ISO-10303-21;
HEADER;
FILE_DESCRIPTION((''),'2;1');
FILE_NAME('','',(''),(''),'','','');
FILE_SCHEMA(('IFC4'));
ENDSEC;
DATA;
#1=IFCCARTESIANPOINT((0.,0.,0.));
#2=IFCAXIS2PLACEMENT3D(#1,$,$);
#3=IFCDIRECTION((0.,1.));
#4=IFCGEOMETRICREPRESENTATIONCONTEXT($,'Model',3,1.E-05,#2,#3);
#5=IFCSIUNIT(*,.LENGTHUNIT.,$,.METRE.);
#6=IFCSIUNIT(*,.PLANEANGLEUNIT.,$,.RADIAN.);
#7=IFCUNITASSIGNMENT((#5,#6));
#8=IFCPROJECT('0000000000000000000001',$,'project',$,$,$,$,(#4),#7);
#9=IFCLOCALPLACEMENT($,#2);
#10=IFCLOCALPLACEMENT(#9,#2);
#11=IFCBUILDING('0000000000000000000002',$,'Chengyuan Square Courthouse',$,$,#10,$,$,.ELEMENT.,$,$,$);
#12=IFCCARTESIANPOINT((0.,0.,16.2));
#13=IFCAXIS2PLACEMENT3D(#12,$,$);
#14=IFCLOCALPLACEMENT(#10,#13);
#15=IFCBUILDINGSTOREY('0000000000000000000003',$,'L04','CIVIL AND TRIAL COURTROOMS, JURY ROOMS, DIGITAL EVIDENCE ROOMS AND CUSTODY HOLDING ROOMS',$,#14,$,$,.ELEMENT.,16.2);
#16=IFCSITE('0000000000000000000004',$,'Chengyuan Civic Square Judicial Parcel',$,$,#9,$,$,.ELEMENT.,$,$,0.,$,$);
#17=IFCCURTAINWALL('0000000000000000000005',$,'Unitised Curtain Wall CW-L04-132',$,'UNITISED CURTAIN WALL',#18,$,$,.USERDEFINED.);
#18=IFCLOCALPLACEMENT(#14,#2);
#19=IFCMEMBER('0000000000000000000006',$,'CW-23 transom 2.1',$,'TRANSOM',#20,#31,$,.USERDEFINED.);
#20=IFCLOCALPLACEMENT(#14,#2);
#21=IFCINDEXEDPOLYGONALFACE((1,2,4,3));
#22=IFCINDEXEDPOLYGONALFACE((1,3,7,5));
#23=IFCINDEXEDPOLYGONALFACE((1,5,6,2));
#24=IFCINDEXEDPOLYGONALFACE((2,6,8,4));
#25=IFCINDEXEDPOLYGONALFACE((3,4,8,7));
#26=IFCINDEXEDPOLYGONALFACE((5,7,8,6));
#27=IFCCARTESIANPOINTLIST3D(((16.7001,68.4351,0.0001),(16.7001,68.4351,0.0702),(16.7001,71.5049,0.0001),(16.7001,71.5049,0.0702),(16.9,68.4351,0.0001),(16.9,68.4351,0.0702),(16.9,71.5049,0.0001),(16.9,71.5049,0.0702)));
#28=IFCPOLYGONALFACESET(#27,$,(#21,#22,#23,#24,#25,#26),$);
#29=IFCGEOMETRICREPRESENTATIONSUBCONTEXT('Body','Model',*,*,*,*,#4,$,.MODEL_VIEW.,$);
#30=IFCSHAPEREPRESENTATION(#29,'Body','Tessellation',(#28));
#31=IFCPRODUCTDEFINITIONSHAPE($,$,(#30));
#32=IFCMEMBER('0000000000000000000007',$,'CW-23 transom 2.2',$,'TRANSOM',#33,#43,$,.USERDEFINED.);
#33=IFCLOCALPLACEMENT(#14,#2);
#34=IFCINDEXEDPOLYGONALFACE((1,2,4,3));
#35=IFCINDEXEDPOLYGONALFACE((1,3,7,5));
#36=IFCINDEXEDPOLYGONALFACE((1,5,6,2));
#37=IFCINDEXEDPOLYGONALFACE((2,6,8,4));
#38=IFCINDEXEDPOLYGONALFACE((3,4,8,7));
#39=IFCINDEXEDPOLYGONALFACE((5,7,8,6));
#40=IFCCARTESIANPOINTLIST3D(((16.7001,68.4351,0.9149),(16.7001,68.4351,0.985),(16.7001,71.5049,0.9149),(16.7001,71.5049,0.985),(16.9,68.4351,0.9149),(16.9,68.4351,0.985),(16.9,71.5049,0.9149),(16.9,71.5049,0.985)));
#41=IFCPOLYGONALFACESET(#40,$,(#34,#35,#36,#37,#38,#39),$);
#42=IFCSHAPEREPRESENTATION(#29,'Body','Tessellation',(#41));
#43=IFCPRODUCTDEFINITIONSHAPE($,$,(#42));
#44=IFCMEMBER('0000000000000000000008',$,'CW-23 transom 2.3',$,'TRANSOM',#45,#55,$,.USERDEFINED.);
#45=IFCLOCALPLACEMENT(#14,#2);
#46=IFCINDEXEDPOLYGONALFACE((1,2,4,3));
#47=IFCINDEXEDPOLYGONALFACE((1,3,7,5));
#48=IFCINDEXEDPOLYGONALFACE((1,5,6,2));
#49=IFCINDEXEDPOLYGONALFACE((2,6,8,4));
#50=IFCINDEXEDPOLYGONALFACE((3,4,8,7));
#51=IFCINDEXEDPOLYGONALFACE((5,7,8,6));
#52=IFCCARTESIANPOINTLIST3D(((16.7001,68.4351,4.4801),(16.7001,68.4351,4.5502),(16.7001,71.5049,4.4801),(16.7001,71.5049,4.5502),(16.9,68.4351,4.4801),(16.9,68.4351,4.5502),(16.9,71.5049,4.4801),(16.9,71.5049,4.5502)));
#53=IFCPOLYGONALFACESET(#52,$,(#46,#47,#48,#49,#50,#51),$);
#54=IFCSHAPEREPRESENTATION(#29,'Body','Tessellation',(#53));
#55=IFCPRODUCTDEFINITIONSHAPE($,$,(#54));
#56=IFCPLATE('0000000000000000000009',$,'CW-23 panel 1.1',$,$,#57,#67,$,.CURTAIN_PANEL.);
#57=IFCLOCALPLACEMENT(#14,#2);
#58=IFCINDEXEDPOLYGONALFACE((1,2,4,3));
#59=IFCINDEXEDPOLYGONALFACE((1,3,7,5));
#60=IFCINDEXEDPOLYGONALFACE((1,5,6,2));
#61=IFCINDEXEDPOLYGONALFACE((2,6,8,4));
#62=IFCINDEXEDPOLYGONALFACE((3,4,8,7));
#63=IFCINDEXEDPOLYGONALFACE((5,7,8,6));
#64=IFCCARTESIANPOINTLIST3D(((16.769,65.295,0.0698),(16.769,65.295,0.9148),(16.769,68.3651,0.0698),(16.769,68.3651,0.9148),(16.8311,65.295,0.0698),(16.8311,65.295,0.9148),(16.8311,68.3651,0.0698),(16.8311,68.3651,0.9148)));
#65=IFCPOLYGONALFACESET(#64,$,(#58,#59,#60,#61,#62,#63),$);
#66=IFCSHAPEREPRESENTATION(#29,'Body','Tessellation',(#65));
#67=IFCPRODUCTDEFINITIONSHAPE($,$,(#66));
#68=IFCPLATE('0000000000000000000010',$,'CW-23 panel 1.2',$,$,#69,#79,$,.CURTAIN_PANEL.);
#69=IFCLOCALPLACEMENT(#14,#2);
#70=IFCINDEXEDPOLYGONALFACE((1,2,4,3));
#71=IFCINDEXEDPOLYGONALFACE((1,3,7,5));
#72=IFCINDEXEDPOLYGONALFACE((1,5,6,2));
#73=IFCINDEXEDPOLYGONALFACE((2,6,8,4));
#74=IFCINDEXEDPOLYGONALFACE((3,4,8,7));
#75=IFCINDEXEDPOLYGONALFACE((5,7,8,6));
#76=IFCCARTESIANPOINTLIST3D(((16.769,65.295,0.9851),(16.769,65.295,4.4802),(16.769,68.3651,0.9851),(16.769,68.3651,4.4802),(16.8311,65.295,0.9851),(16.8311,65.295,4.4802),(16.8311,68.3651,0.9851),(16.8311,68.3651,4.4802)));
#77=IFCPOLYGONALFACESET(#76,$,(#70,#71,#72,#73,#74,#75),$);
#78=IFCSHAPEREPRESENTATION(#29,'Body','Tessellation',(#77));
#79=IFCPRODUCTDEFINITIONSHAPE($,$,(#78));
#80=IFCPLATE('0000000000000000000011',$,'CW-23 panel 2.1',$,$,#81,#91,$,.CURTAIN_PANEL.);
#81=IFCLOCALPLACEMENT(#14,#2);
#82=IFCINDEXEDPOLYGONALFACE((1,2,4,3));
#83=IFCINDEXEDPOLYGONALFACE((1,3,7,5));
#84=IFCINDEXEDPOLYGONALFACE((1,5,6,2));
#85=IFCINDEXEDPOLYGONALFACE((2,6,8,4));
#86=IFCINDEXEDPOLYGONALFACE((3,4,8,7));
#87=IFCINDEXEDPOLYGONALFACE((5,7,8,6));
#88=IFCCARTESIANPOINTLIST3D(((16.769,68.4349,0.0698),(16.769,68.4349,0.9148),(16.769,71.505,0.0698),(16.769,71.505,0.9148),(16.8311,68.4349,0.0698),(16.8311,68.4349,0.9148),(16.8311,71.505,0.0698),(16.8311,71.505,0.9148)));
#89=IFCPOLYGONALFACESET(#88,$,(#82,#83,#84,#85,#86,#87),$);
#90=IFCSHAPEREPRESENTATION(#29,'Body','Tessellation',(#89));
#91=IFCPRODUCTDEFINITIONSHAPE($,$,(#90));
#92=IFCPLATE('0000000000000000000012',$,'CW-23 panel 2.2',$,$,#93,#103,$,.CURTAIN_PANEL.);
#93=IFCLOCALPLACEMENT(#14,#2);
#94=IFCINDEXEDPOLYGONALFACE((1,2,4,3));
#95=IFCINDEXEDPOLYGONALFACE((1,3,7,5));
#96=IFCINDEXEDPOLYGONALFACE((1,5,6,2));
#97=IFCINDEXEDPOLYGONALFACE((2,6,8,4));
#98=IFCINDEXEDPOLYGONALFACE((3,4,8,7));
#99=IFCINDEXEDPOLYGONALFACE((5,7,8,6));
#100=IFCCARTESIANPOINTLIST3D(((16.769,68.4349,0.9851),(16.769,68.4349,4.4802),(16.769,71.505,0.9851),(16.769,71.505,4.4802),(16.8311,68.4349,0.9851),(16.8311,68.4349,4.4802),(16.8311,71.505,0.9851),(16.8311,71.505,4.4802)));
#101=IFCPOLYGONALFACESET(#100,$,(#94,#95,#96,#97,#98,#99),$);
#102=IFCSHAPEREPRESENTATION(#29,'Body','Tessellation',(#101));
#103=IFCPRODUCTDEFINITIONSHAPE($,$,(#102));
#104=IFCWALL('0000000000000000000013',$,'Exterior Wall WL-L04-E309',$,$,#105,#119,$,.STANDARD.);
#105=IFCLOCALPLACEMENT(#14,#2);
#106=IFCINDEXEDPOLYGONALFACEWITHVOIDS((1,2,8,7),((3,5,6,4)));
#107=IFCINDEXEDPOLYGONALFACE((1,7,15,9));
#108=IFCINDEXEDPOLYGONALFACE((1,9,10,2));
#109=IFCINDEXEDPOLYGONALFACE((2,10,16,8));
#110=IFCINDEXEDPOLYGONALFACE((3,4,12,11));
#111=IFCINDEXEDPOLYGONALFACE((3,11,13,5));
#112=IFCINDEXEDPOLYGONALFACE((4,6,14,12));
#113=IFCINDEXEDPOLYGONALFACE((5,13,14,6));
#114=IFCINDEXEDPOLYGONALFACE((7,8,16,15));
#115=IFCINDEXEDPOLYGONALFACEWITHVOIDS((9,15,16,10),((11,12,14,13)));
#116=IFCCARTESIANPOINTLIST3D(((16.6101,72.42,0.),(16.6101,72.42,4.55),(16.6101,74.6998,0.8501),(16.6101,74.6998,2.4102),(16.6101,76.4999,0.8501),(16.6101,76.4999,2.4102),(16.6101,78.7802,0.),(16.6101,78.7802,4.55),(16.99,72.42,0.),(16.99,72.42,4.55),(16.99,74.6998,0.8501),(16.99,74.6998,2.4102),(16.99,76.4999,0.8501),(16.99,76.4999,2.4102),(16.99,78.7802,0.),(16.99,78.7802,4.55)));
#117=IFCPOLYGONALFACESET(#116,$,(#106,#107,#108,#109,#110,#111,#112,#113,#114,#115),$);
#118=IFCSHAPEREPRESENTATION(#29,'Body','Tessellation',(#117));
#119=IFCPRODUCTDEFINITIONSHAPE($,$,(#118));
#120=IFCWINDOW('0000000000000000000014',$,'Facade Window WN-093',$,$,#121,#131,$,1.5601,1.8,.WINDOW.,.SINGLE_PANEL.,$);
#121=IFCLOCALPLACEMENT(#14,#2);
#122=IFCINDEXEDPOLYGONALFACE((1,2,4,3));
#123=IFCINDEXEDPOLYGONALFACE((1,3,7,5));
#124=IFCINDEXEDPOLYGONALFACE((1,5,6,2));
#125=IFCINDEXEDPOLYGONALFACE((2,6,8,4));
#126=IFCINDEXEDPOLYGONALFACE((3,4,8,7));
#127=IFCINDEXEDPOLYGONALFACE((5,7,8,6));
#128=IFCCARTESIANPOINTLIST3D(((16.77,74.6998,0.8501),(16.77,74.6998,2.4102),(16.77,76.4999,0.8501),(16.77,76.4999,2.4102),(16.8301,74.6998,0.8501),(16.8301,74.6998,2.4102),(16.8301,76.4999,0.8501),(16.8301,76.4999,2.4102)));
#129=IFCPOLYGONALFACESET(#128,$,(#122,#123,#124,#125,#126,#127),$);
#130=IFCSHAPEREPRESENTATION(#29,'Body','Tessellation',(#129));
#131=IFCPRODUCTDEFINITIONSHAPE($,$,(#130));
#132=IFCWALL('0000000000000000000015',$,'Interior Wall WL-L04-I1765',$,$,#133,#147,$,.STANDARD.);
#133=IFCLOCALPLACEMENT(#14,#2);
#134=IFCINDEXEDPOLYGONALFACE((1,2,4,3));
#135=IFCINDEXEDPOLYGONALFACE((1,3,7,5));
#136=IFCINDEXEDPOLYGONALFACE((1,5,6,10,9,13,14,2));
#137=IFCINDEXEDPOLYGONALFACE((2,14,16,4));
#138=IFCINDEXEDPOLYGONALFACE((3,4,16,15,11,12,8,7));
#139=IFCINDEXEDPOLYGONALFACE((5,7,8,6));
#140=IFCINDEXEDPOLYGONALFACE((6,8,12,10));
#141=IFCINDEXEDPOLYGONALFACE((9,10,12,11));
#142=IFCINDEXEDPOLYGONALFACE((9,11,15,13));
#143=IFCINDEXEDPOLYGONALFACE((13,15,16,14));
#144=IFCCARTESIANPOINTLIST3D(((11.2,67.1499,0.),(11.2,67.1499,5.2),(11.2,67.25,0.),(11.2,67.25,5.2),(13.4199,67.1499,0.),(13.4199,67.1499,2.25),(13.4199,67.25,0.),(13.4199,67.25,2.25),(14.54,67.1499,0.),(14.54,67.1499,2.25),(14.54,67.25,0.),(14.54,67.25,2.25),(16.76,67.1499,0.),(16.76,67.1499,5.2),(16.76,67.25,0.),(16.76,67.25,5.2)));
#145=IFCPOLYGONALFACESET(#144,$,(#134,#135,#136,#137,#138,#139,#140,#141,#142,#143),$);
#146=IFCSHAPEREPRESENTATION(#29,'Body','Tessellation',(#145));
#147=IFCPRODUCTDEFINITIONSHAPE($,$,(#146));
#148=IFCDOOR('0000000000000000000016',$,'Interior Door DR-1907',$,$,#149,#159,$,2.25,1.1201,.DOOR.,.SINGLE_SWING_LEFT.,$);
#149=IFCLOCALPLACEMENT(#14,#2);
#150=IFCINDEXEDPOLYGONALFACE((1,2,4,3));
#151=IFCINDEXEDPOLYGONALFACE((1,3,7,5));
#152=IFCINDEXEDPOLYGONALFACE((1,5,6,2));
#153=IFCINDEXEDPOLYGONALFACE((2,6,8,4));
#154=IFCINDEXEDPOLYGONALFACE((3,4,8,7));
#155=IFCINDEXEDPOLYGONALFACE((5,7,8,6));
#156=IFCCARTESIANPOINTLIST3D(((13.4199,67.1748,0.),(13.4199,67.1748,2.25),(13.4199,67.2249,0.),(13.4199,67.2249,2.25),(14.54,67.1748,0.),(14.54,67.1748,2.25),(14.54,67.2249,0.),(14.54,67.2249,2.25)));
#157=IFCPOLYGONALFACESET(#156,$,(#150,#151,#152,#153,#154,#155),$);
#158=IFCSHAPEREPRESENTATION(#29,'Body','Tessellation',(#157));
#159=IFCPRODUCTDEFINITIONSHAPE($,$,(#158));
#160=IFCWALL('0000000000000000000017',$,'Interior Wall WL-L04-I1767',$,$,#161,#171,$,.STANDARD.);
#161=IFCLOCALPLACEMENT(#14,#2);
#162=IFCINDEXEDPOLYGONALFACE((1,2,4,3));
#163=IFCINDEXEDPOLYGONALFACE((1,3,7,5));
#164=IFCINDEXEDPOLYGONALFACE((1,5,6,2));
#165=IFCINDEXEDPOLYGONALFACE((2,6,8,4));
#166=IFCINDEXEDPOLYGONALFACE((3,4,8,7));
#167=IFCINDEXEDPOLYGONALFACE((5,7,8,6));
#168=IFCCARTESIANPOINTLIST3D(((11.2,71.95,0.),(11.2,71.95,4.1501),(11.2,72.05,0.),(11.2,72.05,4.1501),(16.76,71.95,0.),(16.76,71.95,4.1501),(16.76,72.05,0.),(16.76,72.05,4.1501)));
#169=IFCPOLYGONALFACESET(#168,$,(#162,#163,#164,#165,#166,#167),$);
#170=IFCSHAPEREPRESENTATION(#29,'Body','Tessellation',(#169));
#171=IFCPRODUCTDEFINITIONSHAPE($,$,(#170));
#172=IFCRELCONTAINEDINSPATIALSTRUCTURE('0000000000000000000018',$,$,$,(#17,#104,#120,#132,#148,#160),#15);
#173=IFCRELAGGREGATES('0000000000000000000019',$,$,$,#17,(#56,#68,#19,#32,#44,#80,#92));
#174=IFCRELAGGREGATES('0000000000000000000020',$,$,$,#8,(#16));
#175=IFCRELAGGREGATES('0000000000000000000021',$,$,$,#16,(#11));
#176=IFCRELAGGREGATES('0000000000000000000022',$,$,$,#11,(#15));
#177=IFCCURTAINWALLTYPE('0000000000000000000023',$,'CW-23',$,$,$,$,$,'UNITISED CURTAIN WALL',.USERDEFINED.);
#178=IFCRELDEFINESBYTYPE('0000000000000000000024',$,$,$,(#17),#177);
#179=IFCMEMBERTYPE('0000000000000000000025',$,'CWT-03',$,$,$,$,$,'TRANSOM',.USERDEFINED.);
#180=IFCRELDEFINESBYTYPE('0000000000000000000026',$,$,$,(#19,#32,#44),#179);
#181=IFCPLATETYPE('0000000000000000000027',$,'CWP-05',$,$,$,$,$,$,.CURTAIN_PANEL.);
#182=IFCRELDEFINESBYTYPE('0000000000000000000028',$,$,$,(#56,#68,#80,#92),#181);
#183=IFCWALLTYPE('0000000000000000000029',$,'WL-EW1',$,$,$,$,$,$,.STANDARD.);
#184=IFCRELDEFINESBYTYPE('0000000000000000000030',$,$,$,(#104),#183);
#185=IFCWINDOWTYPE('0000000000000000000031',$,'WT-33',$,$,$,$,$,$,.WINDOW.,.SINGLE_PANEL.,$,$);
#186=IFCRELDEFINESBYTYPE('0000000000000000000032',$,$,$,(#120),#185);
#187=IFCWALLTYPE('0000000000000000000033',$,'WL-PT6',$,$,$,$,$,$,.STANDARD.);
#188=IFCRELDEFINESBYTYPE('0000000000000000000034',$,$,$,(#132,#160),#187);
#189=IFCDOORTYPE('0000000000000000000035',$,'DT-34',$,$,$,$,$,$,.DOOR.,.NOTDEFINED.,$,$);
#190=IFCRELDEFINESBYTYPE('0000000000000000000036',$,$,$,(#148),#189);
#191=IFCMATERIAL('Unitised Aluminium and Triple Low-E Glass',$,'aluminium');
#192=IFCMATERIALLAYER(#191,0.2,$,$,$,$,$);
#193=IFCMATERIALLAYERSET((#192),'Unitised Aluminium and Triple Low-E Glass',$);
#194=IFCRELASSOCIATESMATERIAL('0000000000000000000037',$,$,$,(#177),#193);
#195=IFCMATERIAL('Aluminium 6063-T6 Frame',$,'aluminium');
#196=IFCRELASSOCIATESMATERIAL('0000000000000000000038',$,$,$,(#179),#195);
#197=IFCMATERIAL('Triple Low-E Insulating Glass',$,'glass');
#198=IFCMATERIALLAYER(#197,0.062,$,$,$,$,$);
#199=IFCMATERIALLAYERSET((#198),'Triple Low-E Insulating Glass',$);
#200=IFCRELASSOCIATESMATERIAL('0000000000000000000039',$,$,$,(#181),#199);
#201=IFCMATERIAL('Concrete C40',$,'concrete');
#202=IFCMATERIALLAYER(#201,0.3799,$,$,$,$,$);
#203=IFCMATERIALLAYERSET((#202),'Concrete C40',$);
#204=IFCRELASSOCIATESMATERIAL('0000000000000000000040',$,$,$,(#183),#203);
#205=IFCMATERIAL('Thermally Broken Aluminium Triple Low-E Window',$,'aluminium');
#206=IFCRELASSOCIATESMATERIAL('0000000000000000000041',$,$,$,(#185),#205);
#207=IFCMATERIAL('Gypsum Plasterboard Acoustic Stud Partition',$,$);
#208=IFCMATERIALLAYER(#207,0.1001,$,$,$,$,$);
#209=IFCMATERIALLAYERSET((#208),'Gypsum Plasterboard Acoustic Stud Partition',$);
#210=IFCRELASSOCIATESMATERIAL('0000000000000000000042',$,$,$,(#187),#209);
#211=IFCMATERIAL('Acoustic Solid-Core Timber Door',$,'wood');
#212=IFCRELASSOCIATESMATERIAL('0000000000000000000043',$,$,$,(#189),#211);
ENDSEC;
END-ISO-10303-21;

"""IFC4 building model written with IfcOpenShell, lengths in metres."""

from ifc_helpers import new_model, si_unit, direction, frame, frame_2d, origin, origin_2d, place, context, subcontext, project, spatial, rectangle, extrude, material, layer, layer_set, material_profile, profile_set, type_object, element, fill, aggregate, save


model = new_model("IFC4")

# Units and contexts
model_context = context("Model", 3, precision=1e-05, world=origin(), true_north=direction((0.0, 1.0)))
body_context = subcontext(model_context, "Body", "Model", "MODEL_VIEW")
ifc_project = project(units=[si_unit("LENGTHUNIT", "METRE"), si_unit("PLANEANGLEUNIT", "RADIAN")], contexts=[model_context])

# Site, building, storey
site_placement = place(None, origin())
site = spatial("IfcSite", under=ifc_project, at=site_placement, Name="Chengyuan Civic Square Judicial Parcel", CompositionType="ELEMENT", RefElevation=0.0)
building_placement = place(site_placement, origin())
building = spatial("IfcBuilding", under=site, at=building_placement, Name="Chengyuan Square Courthouse", CompositionType="ELEMENT")
storey_placement = place(building_placement, frame((0.0, 0.0, 16.2)))
storey = spatial("IfcBuildingStorey", under=building, at=storey_placement, Name="L04", Description="CIVIL AND TRIAL COURTROOMS, JURY ROOMS, DIGITAL EVIDENCE ROOMS AND CUSTODY HOLDING ROOMS", CompositionType="ELEMENT", Elevation=16.2)

# Shared definitions
ifc_material_1 = material(Name="Concrete C40", Category="concrete")

# Shared definitions
ifc_material_2 = material(Name="Unitised Aluminium and Triple Low-E Glass", Category="aluminium")
ifc_material_3 = material(Name="Aluminium 6063-T6 Frame", Category="aluminium")

# Curtain wall
ifc_layer_1 = layer(ifc_material_2, 0.2)
ifc_layer_set_1 = layer_set([ifc_layer_1], Name="Unitised Aluminium and Triple Low-E Glass")
curtain_wall_type_1 = type_object("IfcCurtainWallType", Name="CW-23", ElementType="UNITISED CURTAIN WALL", PredefinedType="USERDEFINED", material=ifc_layer_set_1)
curtain_wall_1_placement = place(storey_placement, origin())
curtain_wall_1 = element("IfcCurtainWall", 1, at=curtain_wall_1_placement, inside=storey, type_object=curtain_wall_type_1, Name="Unitised Curtain Wall CW-L04-132", ObjectType="UNITISED CURTAIN WALL", PredefinedType="USERDEFINED")

# Members
ifc_material_profile_1 = material_profile(ifc_material_3, rectangle(XDim=0.2, YDim=0.0701, at=origin_2d()), Name="CW-TRN-70x160")
ifc_profile_set_1 = profile_set([ifc_material_profile_1], Name="Aluminium 6063-T6 Frame")
member_type_1 = type_object("IfcMemberType", Name="CWT-03", ElementType="TRANSOM", PredefinedType="USERDEFINED", material=ifc_profile_set_1)
member_1_placement = place(storey_placement, frame((16.8, 68.4351, 0.0352), z_axis=(0.0, 1.0, 0.0), x_axis=(-1.0, 0.0, 0.0)))
member_1 = element("IfcMember", 2, at=member_1_placement, type_object=member_type_1, Name="CW-23 transom 2.1", ObjectType="TRANSOM", PredefinedType="USERDEFINED", context=body_context, shape_type="SweptSolid", body=[
    extrude(rectangle(XDim=0.2, YDim=0.0701, at=origin_2d()), origin(), (0.0, 0.0, 1.0), 3.0698),
])
member_2_placement = place(storey_placement, frame((16.8, 68.4351, 0.95), z_axis=(0.0, 1.0, 0.0), x_axis=(-1.0, 0.0, 0.0)))
member_2 = element("IfcMember", 3, at=member_2_placement, type_object=member_type_1, Name="CW-23 transom 2.2", ObjectType="TRANSOM", PredefinedType="USERDEFINED", context=body_context, shape_type="SweptSolid", body=[
    extrude(rectangle(XDim=0.2, YDim=0.0701, at=origin_2d()), origin(), (0.0, 0.0, 1.0), 3.0698),
])
member_3_placement = place(storey_placement, frame((16.8, 68.4351, 4.5151), z_axis=(0.0, 1.0, 0.0), x_axis=(-1.0, 0.0, 0.0)))
member_3 = element("IfcMember", 4, at=member_3_placement, type_object=member_type_1, Name="CW-23 transom 2.3", ObjectType="TRANSOM", PredefinedType="USERDEFINED", context=body_context, shape_type="SweptSolid", body=[
    extrude(rectangle(XDim=0.2, YDim=0.0701, at=origin_2d()), origin(), (0.0, 0.0, 1.0), 3.0698),
])

# Plates
ifc_material_4 = material(Name="Triple Low-E Insulating Glass", Category="glass")
ifc_layer_2 = layer(ifc_material_4, 0.062)
ifc_layer_set_2 = layer_set([ifc_layer_2], Name="Triple Low-E Insulating Glass")
plate_type = type_object("IfcPlateType", Name="CWP-05", PredefinedType="CURTAIN_PANEL", material=ifc_layer_set_2)
plate_1_placement = place(storey_placement, frame((16.8, 66.8301, 0.0698), z_axis=(0.0, 0.0, 1.0), x_axis=(0.0, 1.0, 0.0)))
plate_1 = element("IfcPlate", 5, at=plate_1_placement, type_object=plate_type, Name="CW-23 panel 1.1", PredefinedType="CURTAIN_PANEL", context=body_context, shape_type="SweptSolid", body=[
    extrude(rectangle(XDim=3.0701, YDim=0.062, at=origin_2d()), origin(), (0.0, 0.0, 1.0), 0.845),
])
plate_2_placement = place(storey_placement, frame((16.8, 66.8301, 0.9851), z_axis=(0.0, 0.0, 1.0), x_axis=(0.0, 1.0, 0.0)))
plate_2 = element("IfcPlate", 6, at=plate_2_placement, type_object=plate_type, Name="CW-23 panel 1.2", PredefinedType="CURTAIN_PANEL", context=body_context, shape_type="SweptSolid", body=[
    extrude(rectangle(XDim=3.0701, YDim=0.062, at=origin_2d()), origin(), (0.0, 0.0, 1.0), 3.4951),
])
plate_3_placement = place(storey_placement, frame((16.8, 69.97, 0.0698), z_axis=(0.0, 0.0, 1.0), x_axis=(0.0, 1.0, 0.0)))
plate_3 = element("IfcPlate", 7, at=plate_3_placement, type_object=plate_type, Name="CW-23 panel 2.1", PredefinedType="CURTAIN_PANEL", context=body_context, shape_type="SweptSolid", body=[
    extrude(rectangle(XDim=3.0701, YDim=0.062, at=origin_2d()), origin(), (0.0, 0.0, 1.0), 0.845),
])
plate_4_placement = place(storey_placement, frame((16.8, 69.97, 0.9851), z_axis=(0.0, 0.0, 1.0), x_axis=(0.0, 1.0, 0.0)))
plate_4 = element("IfcPlate", 8, at=plate_4_placement, type_object=plate_type, Name="CW-23 panel 2.2", PredefinedType="CURTAIN_PANEL", context=body_context, shape_type="SweptSolid", body=[
    extrude(rectangle(XDim=3.0701, YDim=0.062, at=origin_2d()), origin(), (0.0, 0.0, 1.0), 3.4951),
])
aggregate(curtain_wall_1, [plate_1, plate_2, member_1, member_2, member_3, plate_3, plate_4])

# Wall, opening, window
ifc_layer_3 = layer(ifc_material_1, 0.3799)
ifc_layer_set_3 = layer_set([ifc_layer_3], Name="Concrete C40")
wall_type_1 = type_object("IfcWallType", Name="WL-EW1", PredefinedType="STANDARD", material=ifc_layer_set_3)
wall_1_placement = place(storey_placement, frame((16.8, 72.4199, 0.0), z_axis=(0.0, 0.0, 1.0), x_axis=(0.0, 1.0, 0.0)))
wall_1 = element("IfcWall", 9, at=wall_1_placement, inside=storey, type_object=wall_type_1, Name="Exterior Wall WL-L04-E309", PredefinedType="STANDARD", context=body_context, shape_type="SweptSolid", body=[
    extrude(rectangle(XDim=6.3601, YDim=0.3799, at=frame_2d((3.1802, 0.0))), origin(), (0.0, 0.0, 1.0), 4.55),
])
opening_1_placement = place(wall_1_placement, frame((2.28, 0.0, 0.8501)))
opening_1 = element("IfcOpeningElement", 10, at=opening_1_placement, cuts=wall_1, PredefinedType="OPENING", context=body_context, shape_type="SweptSolid", body=[
    extrude(rectangle(XDim=1.8, YDim=1.5601, at=frame_2d((0.8999, 0.78))), frame((0.0, 0.2019, 0.0), z_axis=(0.0, -1.0, 0.0), x_axis=(1.0, 0.0, 0.0)), (0.0, 0.0, 1.0), 0.4038),
])
ifc_material_5 = material(Name="Thermally Broken Aluminium Triple Low-E Window", Category="aluminium")
window_type = type_object("IfcWindowType", Name="WT-33", PartitioningType="SINGLE_PANEL", PredefinedType="WINDOW", material=ifc_material_5)
window_placement = place(opening_1_placement, origin())
window = element("IfcWindow", 11, at=window_placement, inside=storey, type_object=window_type, Name="Facade Window WN-093", OverallHeight=1.5601, OverallWidth=1.8, PartitioningType="SINGLE_PANEL", PredefinedType="WINDOW", context=body_context, shape_type="SweptSolid", body=[
    extrude(rectangle(XDim=1.8, YDim=1.5601, at=frame_2d((0.8999, 0.78))), frame((0.0, 0.03, 0.0), z_axis=(0.0, -1.0, 0.0), x_axis=(1.0, 0.0, 0.0)), (0.0, 0.0, 1.0), 0.0601),
])
fill(opening_1, window)

# Wall, opening, door
ifc_material_6 = material(Name="Gypsum Plasterboard Acoustic Stud Partition")
ifc_layer_4 = layer(ifc_material_6, 0.1001)
ifc_layer_set_4 = layer_set([ifc_layer_4], Name="Gypsum Plasterboard Acoustic Stud Partition")
wall_type_2 = type_object("IfcWallType", Name="WL-PT6", PredefinedType="STANDARD", material=ifc_layer_set_4)
wall_2_placement = place(storey_placement, frame((11.2, 67.2, 0.0), z_axis=(0.0, 0.0, 1.0), x_axis=(1.0, 0.0, 0.0)))
wall_2 = element("IfcWall", 12, at=wall_2_placement, inside=storey, type_object=wall_type_2, Name="Interior Wall WL-L04-I1765", PredefinedType="STANDARD", context=body_context, shape_type="SweptSolid", body=[
    extrude(rectangle(XDim=5.5601, YDim=0.1001, at=frame_2d((2.78, 0.0))), origin(), (0.0, 0.0, 1.0), 5.2),
])
opening_2_placement = place(wall_2_placement, frame((2.22, 0.0, 0.0)))
opening_2 = element("IfcOpeningElement", 13, at=opening_2_placement, cuts=wall_2, PredefinedType="OPENING", context=body_context, shape_type="SweptSolid", body=[
    extrude(rectangle(XDim=1.1201, YDim=2.25, at=frame_2d((0.5601, 1.125))), frame((0.0, 0.062, 0.0), z_axis=(0.0, -1.0, 0.0), x_axis=(1.0, 0.0, 0.0)), (0.0, 0.0, 1.0), 0.124),
])
ifc_material_7 = material(Name="Acoustic Solid-Core Timber Door", Category="wood")
door_type = type_object("IfcDoorType", Name="DT-34", OperationType="NOTDEFINED", PredefinedType="DOOR", material=ifc_material_7)
door_placement = place(opening_2_placement, origin())
door = element("IfcDoor", 14, at=door_placement, inside=storey, type_object=door_type, Name="Interior Door DR-1907", OperationType="SINGLE_SWING_LEFT", OverallHeight=2.25, OverallWidth=1.1201, PredefinedType="DOOR", context=body_context, shape_type="SweptSolid", body=[
    extrude(rectangle(XDim=1.1201, YDim=2.25, at=frame_2d((0.5601, 1.125))), frame((0.0, 0.0249, 0.0), z_axis=(0.0, -1.0, 0.0), x_axis=(1.0, 0.0, 0.0)), (0.0, 0.0, 1.0), 0.05),
])
fill(opening_2, door)

# Wall
wall_3_placement = place(storey_placement, frame((11.2, 72.0, 0.0), z_axis=(0.0, 0.0, 1.0), x_axis=(1.0, 0.0, 0.0)))
element("IfcWall", 15, at=wall_3_placement, inside=storey, type_object=wall_type_2, Name="Interior Wall WL-L04-I1767", PredefinedType="STANDARD", context=body_context, shape_type="SweptSolid", body=[
    extrude(rectangle(XDim=5.5601, YDim=0.1001, at=frame_2d((2.78, 0.0))), origin(), (0.0, 0.0, 1.0), 4.1501),
])

save(model, "model.ifc")
